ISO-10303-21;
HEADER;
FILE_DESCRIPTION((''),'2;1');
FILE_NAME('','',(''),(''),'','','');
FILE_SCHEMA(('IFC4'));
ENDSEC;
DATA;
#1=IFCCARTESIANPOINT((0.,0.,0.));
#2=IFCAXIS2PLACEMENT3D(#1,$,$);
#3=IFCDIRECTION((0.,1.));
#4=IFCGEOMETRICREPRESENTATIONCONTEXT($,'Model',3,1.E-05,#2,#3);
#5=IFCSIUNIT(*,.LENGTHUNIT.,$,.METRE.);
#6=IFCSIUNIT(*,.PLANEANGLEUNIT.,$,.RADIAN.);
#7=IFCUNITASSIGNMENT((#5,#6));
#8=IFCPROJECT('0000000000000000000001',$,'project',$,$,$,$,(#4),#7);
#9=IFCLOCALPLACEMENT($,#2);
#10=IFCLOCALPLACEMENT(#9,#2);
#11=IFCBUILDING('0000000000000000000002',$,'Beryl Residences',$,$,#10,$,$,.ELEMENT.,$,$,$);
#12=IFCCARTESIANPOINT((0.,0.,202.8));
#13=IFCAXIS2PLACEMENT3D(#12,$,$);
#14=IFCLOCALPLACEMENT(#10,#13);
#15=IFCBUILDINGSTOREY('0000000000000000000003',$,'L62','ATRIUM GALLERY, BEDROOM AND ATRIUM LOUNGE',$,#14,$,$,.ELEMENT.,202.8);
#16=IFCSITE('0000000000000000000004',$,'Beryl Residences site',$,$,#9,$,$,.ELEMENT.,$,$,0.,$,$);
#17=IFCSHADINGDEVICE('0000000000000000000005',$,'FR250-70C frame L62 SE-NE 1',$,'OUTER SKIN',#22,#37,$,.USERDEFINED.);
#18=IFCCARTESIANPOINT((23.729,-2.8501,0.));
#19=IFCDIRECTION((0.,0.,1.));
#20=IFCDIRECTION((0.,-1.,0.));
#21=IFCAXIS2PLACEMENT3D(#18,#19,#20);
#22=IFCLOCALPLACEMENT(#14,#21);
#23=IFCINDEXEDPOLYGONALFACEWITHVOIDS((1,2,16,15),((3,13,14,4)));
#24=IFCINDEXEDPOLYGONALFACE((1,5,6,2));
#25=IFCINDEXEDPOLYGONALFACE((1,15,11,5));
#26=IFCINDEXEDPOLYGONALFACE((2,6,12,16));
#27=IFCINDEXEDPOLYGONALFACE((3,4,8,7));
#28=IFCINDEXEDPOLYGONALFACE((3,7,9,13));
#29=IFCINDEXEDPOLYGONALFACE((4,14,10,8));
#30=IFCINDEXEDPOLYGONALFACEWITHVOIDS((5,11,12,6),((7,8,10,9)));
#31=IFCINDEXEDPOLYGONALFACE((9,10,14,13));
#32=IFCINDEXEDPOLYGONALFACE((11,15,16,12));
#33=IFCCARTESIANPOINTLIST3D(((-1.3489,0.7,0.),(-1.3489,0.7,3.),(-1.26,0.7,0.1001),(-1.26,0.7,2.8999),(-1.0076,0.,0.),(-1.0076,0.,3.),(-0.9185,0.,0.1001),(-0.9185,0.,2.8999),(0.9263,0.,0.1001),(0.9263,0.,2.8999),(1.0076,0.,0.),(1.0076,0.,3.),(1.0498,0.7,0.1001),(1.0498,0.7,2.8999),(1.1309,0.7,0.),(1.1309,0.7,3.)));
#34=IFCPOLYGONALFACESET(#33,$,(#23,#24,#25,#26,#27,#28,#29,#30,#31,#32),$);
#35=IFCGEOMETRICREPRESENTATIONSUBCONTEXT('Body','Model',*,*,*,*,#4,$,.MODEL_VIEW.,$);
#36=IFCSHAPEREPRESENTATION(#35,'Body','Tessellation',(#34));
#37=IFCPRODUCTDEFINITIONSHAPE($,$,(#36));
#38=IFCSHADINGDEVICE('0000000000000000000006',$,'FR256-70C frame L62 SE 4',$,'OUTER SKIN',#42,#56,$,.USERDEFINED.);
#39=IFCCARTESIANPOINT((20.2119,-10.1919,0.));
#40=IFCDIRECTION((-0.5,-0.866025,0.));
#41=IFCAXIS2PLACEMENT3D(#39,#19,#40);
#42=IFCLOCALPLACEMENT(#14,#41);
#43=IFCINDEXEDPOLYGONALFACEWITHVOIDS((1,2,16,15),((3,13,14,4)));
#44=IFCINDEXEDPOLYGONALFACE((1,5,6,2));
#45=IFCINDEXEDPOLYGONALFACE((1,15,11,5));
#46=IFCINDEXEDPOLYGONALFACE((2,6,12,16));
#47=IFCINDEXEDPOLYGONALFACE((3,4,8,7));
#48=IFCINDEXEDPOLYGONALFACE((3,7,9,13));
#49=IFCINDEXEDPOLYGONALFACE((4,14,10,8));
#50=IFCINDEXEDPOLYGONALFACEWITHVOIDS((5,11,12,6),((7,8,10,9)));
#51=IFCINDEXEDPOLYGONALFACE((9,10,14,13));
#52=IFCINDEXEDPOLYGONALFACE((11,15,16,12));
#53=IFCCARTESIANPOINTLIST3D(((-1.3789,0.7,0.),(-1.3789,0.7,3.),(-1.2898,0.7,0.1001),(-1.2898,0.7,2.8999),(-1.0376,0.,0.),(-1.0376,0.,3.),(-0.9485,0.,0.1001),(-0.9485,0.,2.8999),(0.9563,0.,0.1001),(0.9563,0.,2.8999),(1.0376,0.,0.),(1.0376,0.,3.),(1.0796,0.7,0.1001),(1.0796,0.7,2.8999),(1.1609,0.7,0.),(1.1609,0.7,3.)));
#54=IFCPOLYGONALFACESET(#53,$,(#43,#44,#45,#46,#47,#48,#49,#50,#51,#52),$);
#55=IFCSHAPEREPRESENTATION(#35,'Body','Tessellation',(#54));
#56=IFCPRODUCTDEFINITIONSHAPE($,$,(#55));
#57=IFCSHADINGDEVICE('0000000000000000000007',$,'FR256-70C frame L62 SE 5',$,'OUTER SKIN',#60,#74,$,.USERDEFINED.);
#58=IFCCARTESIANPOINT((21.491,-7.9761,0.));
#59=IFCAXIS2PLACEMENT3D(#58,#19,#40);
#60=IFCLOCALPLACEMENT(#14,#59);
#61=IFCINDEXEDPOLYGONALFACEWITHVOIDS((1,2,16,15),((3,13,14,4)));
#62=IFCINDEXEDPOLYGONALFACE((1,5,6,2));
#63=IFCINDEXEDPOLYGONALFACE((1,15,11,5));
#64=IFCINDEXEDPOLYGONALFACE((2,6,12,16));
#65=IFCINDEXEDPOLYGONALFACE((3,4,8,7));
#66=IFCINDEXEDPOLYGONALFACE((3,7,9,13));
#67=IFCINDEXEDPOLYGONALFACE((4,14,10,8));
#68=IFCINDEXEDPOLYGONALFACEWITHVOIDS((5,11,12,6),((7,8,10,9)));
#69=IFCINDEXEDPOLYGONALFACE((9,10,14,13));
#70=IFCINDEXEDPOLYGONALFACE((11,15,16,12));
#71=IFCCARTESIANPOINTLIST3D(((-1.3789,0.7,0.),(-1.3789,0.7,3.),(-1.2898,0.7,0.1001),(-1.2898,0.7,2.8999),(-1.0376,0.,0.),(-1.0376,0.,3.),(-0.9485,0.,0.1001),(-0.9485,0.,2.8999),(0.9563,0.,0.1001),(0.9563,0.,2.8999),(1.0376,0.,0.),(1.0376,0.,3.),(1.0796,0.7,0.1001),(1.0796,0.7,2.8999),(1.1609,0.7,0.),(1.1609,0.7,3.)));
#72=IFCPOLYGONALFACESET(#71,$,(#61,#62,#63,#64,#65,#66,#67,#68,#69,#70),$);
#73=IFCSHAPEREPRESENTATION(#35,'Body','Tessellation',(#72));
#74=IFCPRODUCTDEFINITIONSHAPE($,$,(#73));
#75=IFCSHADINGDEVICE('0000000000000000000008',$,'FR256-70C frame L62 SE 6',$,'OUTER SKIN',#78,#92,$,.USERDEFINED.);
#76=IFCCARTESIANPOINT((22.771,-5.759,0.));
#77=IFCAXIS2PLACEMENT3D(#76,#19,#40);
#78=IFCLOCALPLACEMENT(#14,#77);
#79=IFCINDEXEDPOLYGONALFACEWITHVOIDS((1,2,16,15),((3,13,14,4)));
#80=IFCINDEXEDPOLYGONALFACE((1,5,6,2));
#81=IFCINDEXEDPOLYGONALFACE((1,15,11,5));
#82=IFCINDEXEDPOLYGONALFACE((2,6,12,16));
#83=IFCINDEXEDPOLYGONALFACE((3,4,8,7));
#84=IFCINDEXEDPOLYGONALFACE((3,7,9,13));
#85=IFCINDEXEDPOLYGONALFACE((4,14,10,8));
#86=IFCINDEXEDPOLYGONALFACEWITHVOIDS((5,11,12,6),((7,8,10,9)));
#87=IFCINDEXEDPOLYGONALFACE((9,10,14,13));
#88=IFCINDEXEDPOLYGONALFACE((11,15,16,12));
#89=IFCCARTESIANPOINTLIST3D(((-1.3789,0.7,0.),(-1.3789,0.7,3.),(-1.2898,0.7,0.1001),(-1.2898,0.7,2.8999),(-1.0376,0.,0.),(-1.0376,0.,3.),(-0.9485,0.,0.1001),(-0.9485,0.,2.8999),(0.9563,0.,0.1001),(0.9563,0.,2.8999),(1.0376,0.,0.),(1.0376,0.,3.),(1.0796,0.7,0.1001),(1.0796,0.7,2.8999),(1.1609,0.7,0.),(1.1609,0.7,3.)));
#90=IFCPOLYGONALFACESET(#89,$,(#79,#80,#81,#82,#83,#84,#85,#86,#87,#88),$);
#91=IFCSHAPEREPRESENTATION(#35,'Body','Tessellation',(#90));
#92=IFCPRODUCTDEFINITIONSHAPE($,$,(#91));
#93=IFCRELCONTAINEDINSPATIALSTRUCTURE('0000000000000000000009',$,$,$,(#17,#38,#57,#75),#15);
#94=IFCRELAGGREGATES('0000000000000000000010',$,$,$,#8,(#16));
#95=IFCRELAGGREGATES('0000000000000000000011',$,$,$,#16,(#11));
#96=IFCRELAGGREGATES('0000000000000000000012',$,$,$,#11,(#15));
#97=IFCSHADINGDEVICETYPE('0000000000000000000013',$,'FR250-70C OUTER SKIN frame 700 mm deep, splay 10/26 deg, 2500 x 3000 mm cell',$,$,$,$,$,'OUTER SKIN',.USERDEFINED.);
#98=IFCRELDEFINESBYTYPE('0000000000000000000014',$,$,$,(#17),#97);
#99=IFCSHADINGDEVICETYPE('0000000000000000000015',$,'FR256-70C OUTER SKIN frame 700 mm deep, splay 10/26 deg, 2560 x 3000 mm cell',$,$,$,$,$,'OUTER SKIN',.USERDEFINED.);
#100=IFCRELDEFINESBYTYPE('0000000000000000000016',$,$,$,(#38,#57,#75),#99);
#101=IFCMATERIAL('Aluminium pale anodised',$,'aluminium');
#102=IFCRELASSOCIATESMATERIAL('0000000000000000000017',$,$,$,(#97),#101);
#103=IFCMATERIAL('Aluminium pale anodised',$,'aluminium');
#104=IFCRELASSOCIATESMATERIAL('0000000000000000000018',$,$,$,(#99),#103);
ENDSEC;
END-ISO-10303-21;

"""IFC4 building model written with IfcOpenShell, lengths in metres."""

from ifc_helpers import new_model, entity, si_unit, direction, frame, origin, place, context, subcontext, project, spatial, source, transform, mapped, material, type_object, type_shapes, element, save


model = new_model("IFC4")

# Units and contexts
model_context = context("Model", 3, precision=1e-05, world=origin(), true_north=direction((0.0, 1.0)))
body_context = subcontext(model_context, "Body", "Model", "MODEL_VIEW")
ifc_project = project(units=[si_unit("LENGTHUNIT", "METRE"), si_unit("PLANEANGLEUNIT", "RADIAN")], contexts=[model_context])

# Site, building, storey
site_placement = place(None, origin())
site = spatial("IfcSite", under=ifc_project, at=site_placement, Name="Beryl Residences site", CompositionType="ELEMENT", RefElevation=0.0)
building_placement = place(site_placement, origin())
building = spatial("IfcBuilding", under=site, at=building_placement, Name="Beryl Residences", CompositionType="ELEMENT")
storey_placement = place(building_placement, frame((0.0, 0.0, 202.8)))
storey = spatial("IfcBuildingStorey", under=building, at=storey_placement, Name="L62", Description="ATRIUM GALLERY, BEDROOM AND ATRIUM LOUNGE", CompositionType="ELEMENT", Elevation=202.8)

# Shading devices
ifc_material_1 = material(Name="Aluminium pale anodised", Category="aluminium")
shading_device_type_1 = type_object("IfcShadingDeviceType", Name="FR250-70C OUTER SKIN frame 700 mm deep, splay 10/26 deg, 2500 x 3000 mm cell", ElementType="OUTER SKIN", PredefinedType="USERDEFINED", material=ifc_material_1)
cartesian_point_1 = entity("IfcCartesianPoint", [-1.0076, 0.0])
cartesian_point_2 = entity("IfcCartesianPoint", [-0.9263, 0.1001])
cartesian_point_3 = entity("IfcCartesianPoint", [-1.1309, 0.0])
cartesian_point_4 = entity("IfcCartesianPoint", [-1.0498, 0.1001])
shared_shape_1 = source(origin(), body_context, "Body", "SweptSolid", [
    entity("IfcExtrudedAreaSolidTapered", entity("IfcArbitraryProfileDefWithVoids", "AREA", None, entity("IfcPolyline", [cartesian_point_1, entity("IfcCartesianPoint", [1.0076, 0.0]), entity("IfcCartesianPoint", [1.0076, 3.0]), entity("IfcCartesianPoint", [-1.0076, 3.0]), cartesian_point_1]), [entity("IfcPolyline", [cartesian_point_2, entity("IfcCartesianPoint", [0.9185, 0.1001]), entity("IfcCartesianPoint", [0.9185, 2.8999]), entity("IfcCartesianPoint", [-0.9263, 2.8999]), cartesian_point_2])]), entity("IfcAxis2Placement3D", entity("IfcCartesianPoint", [0.0, 0.0, 0.0]), entity("IfcDirection", [0.0, 1.0, 0.0]), entity("IfcDirection", [-1.0, 0.0, 0.0])), entity("IfcDirection", [0.0, 0.0, 1.0]), 0.7, entity("IfcArbitraryProfileDefWithVoids", "AREA", None, entity("IfcPolyline", [cartesian_point_3, entity("IfcCartesianPoint", [1.3489, 0.0]), entity("IfcCartesianPoint", [1.3489, 3.0]), entity("IfcCartesianPoint", [-1.1309, 3.0]), cartesian_point_3]), [entity("IfcPolyline", [cartesian_point_4, entity("IfcCartesianPoint", [1.26, 0.1001]), entity("IfcCartesianPoint", [1.26, 2.8999]), entity("IfcCartesianPoint", [-1.0498, 2.8999]), cartesian_point_4])])),
])
type_shapes(shading_device_type_1, [shared_shape_1])
shading_device_placement = place(storey_placement, frame((23.729, -2.8501, 0.0), z_axis=(0.0, 0.0, 1.0), x_axis=(0.0, -1.0, 0.0)))
element("IfcShadingDevice", 1, at=shading_device_placement, inside=storey, type_object=shading_device_type_1, Name="FR250-70C frame L62 SE-NE 1", ObjectType="OUTER SKIN", PredefinedType="USERDEFINED", context=body_context, shape_type="MappedRepresentation", body=[
    mapped(shared_shape_1, transform((0.0, 0.0, 0.0))),
])
ifc_material_2 = material(Name="Aluminium pale anodised", Category="aluminium")
shading_device_type_2 = type_object("IfcShadingDeviceType", Name="FR256-70C OUTER SKIN frame 700 mm deep, splay 10/26 deg, 2560 x 3000 mm cell", ElementType="OUTER SKIN", PredefinedType="USERDEFINED", material=ifc_material_2)
cartesian_point_5 = entity("IfcCartesianPoint", [-1.0376, 0.0])
cartesian_point_6 = entity("IfcCartesianPoint", [-0.9563, 0.1001])
cartesian_point_7 = entity("IfcCartesianPoint", [-1.1609, 0.0])
cartesian_point_8 = entity("IfcCartesianPoint", [-1.0796, 0.1001])
shared_shape_2 = source(origin(), body_context, "Body", "SweptSolid", [
    entity("IfcExtrudedAreaSolidTapered", entity("IfcArbitraryProfileDefWithVoids", "AREA", None, entity("IfcPolyline", [cartesian_point_5, entity("IfcCartesianPoint", [1.0376, 0.0]), entity("IfcCartesianPoint", [1.0376, 3.0]), entity("IfcCartesianPoint", [-1.0376, 3.0]), cartesian_point_5]), [entity("IfcPolyline", [cartesian_point_6, entity("IfcCartesianPoint", [0.9485, 0.1001]), entity("IfcCartesianPoint", [0.9485, 2.8999]), entity("IfcCartesianPoint", [-0.9563, 2.8999]), cartesian_point_6])]), entity("IfcAxis2Placement3D", entity("IfcCartesianPoint", [0.0, 0.0, 0.0]), entity("IfcDirection", [0.0, 1.0, 0.0]), entity("IfcDirection", [-1.0, 0.0, 0.0])), entity("IfcDirection", [0.0, 0.0, 1.0]), 0.7, entity("IfcArbitraryProfileDefWithVoids", "AREA", None, entity("IfcPolyline", [cartesian_point_7, entity("IfcCartesianPoint", [1.3789, 0.0]), entity("IfcCartesianPoint", [1.3789, 3.0]), entity("IfcCartesianPoint", [-1.1609, 3.0]), cartesian_point_7]), [entity("IfcPolyline", [cartesian_point_8, entity("IfcCartesianPoint", [1.2898, 0.1001]), entity("IfcCartesianPoint", [1.2898, 2.8999]), entity("IfcCartesianPoint", [-1.0796, 2.8999]), cartesian_point_8])])),
])
type_shapes(shading_device_type_2, [shared_shape_2])
for number, where, z_axis, x_axis, name in (
    (2, (20.2119, -10.1919, 0.0), (0.0, 0.0, 1.0), (-0.5, -0.866025, 0.0), "FR256-70C frame L62 SE 4"),
    (3, (21.491, -7.9761, 0.0), (0.0, 0.0, 1.0), (-0.5, -0.866025, 0.0), "FR256-70C frame L62 SE 5"),
    (4, (22.771, -5.759, 0.0), (0.0, 0.0, 1.0), (-0.5, -0.866025, 0.0), "FR256-70C frame L62 SE 6"),
):
    element("IfcShadingDevice", number, at=place(storey_placement, frame(where, z_axis=z_axis, x_axis=x_axis)), inside=storey, type_object=shading_device_type_2, Name=name, ObjectType="OUTER SKIN", PredefinedType="USERDEFINED", context=body_context, shape_type="MappedRepresentation", body=[
        mapped(shared_shape_2, transform((0.0, 0.0, 0.0))),
    ])

save(model, "model.ifc")
